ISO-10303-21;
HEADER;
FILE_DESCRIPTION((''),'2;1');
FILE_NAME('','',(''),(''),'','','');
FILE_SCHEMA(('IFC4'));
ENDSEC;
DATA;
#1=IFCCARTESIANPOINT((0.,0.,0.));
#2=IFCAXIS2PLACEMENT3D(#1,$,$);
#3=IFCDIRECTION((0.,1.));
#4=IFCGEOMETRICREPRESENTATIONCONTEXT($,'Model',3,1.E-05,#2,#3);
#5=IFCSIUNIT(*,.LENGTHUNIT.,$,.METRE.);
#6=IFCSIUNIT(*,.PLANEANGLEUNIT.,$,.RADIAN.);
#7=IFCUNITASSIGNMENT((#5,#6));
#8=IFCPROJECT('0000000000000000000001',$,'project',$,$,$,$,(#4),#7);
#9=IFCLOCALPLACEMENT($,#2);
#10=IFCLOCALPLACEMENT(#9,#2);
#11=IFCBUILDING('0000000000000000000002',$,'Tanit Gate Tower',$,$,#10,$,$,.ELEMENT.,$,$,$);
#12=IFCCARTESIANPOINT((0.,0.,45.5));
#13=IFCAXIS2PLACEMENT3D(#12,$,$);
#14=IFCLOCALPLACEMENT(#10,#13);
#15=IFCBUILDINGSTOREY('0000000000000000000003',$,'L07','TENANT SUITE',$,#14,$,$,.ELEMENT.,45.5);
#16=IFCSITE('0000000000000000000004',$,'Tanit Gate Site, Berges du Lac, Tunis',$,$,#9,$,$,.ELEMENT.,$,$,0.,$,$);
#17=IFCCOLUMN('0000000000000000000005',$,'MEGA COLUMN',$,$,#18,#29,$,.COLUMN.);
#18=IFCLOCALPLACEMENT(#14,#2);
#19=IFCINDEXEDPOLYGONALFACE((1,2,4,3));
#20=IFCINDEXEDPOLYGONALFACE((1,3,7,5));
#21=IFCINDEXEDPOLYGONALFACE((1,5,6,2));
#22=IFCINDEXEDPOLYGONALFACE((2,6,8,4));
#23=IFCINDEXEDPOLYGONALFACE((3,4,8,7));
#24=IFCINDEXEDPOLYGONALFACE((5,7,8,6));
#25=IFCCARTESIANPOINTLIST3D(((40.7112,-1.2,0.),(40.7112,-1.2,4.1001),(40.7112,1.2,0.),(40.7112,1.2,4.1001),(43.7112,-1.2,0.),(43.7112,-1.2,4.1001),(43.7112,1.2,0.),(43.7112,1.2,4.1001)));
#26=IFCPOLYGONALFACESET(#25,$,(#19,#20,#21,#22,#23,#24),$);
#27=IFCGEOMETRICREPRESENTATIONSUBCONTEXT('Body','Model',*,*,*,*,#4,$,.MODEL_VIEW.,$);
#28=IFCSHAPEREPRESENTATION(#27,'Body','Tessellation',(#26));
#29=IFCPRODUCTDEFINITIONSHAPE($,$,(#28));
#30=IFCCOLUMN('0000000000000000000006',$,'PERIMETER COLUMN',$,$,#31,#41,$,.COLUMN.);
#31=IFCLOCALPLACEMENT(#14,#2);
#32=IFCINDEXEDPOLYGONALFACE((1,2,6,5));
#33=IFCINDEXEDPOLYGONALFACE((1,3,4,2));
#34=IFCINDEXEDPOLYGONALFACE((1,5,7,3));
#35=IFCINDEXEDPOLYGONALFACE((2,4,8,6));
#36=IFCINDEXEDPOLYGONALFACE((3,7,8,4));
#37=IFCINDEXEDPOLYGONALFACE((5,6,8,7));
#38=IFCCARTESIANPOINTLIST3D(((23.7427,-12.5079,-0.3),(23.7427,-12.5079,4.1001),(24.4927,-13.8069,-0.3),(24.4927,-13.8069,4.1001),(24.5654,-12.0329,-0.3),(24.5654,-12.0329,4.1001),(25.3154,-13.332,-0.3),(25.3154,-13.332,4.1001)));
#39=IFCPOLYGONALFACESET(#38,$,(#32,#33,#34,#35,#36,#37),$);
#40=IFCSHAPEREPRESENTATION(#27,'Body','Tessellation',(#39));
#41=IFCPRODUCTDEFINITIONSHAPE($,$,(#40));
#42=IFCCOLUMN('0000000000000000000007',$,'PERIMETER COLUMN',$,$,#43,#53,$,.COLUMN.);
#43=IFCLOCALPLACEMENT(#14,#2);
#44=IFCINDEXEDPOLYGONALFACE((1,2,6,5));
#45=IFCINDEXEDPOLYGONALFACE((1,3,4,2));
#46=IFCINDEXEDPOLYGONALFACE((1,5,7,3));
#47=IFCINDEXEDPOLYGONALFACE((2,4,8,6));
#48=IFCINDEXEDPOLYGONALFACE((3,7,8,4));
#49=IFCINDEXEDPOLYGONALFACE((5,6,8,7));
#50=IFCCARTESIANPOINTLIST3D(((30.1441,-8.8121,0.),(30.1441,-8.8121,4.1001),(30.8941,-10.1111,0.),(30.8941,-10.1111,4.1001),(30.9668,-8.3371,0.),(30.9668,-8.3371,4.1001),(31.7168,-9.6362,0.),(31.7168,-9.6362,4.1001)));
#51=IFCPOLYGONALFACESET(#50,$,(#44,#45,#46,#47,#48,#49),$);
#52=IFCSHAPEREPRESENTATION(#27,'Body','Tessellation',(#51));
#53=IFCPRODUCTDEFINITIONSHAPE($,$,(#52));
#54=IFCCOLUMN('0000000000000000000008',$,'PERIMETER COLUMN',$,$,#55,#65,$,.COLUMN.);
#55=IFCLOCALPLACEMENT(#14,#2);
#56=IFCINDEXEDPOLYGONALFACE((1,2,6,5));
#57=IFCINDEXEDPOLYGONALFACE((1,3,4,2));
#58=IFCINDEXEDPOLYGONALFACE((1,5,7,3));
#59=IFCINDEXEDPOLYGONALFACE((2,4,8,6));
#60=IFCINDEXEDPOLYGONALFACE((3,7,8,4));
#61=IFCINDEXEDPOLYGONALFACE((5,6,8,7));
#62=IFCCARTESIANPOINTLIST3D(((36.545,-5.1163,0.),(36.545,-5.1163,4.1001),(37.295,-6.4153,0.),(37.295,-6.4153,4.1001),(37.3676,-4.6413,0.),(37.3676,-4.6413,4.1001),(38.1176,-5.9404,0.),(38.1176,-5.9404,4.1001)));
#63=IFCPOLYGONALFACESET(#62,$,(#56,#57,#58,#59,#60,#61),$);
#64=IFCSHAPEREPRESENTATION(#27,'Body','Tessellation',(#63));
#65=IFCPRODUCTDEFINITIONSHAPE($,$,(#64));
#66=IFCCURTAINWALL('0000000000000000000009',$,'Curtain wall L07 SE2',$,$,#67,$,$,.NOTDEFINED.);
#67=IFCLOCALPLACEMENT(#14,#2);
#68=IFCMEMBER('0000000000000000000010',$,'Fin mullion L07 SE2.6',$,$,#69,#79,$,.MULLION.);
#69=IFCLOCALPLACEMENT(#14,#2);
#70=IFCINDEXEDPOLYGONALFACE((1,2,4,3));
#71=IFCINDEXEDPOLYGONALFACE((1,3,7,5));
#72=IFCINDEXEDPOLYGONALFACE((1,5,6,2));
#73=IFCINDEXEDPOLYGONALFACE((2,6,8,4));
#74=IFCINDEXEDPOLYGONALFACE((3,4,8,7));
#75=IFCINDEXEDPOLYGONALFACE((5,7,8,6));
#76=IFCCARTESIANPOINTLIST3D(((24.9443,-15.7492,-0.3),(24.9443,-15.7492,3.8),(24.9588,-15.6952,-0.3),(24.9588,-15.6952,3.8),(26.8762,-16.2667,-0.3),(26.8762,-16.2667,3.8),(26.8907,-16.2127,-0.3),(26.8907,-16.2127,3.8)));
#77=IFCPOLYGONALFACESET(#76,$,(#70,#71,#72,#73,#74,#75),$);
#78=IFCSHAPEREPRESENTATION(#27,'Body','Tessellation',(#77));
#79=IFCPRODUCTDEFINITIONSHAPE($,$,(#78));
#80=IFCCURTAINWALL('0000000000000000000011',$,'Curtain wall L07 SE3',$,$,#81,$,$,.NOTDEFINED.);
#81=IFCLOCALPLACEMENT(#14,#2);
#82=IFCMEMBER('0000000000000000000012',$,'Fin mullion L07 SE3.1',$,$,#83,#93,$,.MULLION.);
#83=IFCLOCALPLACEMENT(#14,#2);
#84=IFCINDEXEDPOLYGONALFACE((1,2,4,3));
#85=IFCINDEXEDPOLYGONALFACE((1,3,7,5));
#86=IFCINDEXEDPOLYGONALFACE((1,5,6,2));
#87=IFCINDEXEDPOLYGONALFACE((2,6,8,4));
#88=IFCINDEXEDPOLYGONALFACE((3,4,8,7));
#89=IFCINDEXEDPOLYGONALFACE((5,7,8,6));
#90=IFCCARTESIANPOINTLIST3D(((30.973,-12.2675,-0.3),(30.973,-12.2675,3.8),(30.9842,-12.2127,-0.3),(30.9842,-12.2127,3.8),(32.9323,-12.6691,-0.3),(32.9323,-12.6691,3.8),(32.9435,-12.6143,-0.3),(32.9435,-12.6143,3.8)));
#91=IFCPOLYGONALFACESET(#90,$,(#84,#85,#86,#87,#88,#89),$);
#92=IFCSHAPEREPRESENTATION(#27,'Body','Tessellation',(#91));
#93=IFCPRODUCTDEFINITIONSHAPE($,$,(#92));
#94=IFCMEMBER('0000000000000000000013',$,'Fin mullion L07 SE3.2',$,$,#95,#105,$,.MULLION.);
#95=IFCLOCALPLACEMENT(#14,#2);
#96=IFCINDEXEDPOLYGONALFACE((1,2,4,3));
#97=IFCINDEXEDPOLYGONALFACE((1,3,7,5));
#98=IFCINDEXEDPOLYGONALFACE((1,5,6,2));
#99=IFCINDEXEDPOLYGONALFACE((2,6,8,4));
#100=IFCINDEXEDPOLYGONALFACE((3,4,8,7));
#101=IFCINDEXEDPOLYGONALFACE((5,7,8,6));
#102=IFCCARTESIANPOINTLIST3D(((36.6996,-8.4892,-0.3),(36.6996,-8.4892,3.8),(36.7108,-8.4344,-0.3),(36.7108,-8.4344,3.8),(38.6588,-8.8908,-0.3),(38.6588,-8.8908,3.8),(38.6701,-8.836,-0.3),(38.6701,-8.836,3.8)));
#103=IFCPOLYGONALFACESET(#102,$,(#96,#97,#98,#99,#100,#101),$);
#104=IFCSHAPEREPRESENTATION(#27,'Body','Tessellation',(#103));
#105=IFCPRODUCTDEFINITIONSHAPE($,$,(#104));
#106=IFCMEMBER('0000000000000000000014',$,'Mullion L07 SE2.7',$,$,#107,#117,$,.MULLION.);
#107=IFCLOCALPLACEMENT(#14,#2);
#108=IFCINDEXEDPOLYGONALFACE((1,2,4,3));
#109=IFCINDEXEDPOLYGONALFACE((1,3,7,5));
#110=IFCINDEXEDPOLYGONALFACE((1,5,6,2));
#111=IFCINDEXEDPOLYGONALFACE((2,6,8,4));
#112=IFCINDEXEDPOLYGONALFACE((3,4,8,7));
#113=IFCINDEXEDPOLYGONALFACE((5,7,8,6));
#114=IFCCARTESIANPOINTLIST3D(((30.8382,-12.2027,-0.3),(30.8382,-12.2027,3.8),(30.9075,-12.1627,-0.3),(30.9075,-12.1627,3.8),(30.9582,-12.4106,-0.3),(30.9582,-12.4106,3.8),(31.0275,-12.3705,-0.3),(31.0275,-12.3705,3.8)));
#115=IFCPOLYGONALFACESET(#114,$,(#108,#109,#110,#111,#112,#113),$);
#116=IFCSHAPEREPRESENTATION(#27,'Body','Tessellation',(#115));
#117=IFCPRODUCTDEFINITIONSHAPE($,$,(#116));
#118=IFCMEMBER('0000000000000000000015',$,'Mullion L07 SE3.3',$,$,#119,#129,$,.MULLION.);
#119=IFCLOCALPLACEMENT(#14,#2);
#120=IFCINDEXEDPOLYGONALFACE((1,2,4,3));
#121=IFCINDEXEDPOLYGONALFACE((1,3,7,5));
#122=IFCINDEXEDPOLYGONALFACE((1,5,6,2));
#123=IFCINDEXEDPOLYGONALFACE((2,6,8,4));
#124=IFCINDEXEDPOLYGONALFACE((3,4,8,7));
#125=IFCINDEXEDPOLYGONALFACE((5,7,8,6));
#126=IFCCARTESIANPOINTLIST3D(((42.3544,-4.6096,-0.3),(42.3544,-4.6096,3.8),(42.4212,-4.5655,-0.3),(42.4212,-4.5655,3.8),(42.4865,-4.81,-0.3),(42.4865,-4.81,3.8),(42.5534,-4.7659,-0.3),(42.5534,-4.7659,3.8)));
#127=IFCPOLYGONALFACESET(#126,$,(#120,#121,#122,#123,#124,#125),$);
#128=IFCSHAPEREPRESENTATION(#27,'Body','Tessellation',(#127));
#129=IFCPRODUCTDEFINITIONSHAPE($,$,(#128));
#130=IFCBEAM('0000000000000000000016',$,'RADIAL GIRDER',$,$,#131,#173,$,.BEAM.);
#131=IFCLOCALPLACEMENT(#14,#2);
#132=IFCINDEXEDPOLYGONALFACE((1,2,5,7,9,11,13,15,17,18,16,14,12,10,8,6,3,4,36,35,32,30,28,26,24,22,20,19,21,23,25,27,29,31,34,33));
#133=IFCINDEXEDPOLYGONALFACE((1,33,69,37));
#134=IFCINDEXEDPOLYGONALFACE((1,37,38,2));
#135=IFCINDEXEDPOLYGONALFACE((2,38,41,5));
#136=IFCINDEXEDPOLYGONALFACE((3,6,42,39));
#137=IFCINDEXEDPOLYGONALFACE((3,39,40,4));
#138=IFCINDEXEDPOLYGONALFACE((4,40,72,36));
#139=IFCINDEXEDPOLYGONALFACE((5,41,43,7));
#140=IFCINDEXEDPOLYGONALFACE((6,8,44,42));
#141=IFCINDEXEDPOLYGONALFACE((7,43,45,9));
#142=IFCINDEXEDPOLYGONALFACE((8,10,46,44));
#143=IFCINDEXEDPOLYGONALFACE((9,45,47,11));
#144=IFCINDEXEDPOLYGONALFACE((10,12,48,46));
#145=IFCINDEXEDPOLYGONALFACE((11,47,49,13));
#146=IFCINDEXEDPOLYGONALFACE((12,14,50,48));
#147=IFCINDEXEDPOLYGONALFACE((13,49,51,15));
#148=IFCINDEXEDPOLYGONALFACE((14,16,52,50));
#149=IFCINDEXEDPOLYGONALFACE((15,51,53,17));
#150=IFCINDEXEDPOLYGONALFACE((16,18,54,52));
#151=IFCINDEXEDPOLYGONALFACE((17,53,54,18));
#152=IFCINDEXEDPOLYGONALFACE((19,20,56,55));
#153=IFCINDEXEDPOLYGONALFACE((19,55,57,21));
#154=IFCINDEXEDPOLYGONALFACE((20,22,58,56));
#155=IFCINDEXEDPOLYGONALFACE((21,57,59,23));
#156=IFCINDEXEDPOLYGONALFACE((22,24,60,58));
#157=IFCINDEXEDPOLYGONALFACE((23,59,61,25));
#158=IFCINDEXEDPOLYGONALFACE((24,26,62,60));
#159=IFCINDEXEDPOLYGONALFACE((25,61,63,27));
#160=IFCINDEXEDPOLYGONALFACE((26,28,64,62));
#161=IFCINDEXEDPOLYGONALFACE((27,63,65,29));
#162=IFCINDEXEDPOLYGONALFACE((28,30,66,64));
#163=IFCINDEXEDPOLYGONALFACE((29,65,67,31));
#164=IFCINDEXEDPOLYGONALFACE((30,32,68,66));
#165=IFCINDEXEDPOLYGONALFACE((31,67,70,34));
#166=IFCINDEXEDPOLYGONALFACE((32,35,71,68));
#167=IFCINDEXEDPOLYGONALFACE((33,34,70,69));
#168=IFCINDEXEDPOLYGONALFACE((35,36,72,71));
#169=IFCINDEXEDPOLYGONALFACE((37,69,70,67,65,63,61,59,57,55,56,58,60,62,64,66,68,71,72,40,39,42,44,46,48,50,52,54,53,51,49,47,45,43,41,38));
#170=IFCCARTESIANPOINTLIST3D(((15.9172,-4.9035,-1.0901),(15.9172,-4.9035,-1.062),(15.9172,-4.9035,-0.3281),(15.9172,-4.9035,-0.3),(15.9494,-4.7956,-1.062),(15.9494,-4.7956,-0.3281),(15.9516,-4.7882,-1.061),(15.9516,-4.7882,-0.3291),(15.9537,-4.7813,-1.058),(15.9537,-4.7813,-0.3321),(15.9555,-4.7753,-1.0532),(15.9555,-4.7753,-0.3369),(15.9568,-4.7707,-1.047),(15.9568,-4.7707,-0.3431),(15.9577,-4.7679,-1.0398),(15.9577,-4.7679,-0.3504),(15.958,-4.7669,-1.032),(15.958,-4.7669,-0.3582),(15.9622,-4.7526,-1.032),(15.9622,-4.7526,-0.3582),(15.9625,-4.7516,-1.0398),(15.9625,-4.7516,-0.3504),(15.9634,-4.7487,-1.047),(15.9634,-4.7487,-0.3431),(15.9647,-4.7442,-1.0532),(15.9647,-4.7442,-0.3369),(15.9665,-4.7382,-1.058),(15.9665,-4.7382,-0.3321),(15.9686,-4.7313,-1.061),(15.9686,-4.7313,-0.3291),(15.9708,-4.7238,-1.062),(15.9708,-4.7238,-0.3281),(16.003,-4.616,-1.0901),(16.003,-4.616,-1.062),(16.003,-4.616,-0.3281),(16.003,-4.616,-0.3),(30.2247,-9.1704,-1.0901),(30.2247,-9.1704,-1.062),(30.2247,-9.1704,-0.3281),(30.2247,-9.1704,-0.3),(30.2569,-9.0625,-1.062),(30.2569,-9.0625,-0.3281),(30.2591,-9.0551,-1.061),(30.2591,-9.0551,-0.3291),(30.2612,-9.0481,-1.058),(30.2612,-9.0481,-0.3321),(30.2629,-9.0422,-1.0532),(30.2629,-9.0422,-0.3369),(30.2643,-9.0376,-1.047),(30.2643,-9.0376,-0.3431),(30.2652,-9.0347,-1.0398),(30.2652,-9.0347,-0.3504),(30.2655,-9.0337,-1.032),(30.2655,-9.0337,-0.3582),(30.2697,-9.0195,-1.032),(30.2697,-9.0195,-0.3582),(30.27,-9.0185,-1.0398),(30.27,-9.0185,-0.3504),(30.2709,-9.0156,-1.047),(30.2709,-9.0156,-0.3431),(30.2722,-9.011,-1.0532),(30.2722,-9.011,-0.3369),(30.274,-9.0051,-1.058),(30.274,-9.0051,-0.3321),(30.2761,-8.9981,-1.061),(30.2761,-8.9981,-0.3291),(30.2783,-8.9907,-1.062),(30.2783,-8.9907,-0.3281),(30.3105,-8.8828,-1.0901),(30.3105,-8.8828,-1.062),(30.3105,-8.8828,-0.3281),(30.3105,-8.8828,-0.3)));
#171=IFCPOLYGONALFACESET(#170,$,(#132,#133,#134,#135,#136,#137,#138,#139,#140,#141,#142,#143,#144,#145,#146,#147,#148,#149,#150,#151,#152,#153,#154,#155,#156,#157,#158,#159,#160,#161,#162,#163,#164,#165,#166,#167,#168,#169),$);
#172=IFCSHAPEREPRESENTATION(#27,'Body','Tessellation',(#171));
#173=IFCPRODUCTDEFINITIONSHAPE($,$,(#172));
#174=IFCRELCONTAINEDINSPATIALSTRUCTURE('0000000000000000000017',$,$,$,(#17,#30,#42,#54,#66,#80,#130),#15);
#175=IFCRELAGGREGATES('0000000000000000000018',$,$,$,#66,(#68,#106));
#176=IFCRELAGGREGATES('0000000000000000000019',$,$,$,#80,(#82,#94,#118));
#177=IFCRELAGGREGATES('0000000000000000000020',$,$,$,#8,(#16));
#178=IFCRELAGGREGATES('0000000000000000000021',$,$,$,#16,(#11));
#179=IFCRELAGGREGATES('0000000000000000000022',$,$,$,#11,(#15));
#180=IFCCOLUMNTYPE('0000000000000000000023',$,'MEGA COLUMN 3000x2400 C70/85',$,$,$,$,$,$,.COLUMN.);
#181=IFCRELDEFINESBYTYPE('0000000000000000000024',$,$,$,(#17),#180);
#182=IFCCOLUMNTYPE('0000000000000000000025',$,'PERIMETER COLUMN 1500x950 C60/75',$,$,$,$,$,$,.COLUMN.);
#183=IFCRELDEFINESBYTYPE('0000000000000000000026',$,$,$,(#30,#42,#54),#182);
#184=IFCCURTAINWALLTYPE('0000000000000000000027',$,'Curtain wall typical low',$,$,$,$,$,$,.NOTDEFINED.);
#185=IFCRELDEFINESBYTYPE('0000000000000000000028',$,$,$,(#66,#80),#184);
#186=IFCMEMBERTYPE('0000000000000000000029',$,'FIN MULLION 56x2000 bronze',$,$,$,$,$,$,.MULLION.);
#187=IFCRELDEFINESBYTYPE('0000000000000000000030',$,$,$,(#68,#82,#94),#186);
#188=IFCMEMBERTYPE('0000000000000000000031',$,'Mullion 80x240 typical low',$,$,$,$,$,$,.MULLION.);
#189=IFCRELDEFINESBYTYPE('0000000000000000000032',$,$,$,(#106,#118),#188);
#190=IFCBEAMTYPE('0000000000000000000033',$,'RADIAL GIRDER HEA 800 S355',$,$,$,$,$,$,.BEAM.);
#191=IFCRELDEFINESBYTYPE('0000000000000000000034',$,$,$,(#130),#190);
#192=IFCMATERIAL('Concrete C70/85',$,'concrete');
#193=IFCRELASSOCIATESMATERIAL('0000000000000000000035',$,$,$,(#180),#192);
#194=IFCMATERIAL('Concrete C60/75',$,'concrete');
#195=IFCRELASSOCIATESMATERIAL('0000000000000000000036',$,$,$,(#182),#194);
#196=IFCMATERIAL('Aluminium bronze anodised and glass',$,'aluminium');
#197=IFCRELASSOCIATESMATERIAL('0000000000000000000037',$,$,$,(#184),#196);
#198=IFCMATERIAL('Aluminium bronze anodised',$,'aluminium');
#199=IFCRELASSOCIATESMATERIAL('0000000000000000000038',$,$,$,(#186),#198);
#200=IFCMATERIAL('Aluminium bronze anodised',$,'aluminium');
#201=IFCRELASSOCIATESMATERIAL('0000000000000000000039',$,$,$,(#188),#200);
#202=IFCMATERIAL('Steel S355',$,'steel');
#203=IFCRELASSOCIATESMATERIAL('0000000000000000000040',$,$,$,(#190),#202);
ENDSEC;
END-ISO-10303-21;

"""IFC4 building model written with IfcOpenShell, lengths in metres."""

from ifc_helpers import new_model, si_unit, direction, frame, origin, origin_2d, place, context, subcontext, project, spatial, rectangle, i_section, extrude, material, material_profile, profile_set, type_object, element, aggregate, save


model = new_model("IFC4")

# Units and contexts
model_context = context("Model", 3, precision=1e-05, world=origin(), true_north=direction((0.0, 1.0)))
body_context = subcontext(model_context, "Body", "Model", "MODEL_VIEW")
ifc_project = project(units=[si_unit("LENGTHUNIT", "METRE"), si_unit("PLANEANGLEUNIT", "RADIAN")], contexts=[model_context])

# Site, building, storey
site_placement = place(None, origin())
site = spatial("IfcSite", under=ifc_project, at=site_placement, Name="Tanit Gate Site, Berges du Lac, Tunis", CompositionType="ELEMENT", RefElevation=0.0)
building_placement = place(site_placement, origin())
building = spatial("IfcBuilding", under=site, at=building_placement, Name="Tanit Gate Tower", CompositionType="ELEMENT")
storey_placement = place(building_placement, frame((0.0, 0.0, 45.5)))
storey = spatial("IfcBuildingStorey", under=building, at=storey_placement, Name="L07", Description="TENANT SUITE", CompositionType="ELEMENT", Elevation=45.5)

# Columns
ifc_material_1 = material(Name="Concrete C70/85", Category="concrete")
ifc_material_profile_1 = material_profile(ifc_material_1, rectangle(XDim=3.0, YDim=2.3999, at=origin_2d()), Name="RC 3000x2400")
ifc_profile_set_1 = profile_set([ifc_material_profile_1], Name="Concrete C70/85")
column_type_1 = type_object("IfcColumnType", Name="MEGA COLUMN 3000x2400 C70/85", PredefinedType="COLUMN", material=ifc_profile_set_1)
column_1_placement = place(storey_placement, frame((42.2112, 0.0, 0.0), z_axis=(0.0, 0.0, 1.0), x_axis=(1.0, 0.0, 0.0)))
element("IfcColumn", 1, at=column_1_placement, inside=storey, type_object=column_type_1, Name="MEGA COLUMN", PredefinedType="COLUMN", context=body_context, shape_type="SweptSolid", body=[
    extrude(rectangle(XDim=3.0, YDim=2.3999, at=origin_2d()), origin(), (0.0, 0.0, 1.0), 4.1001),
])
ifc_material_2 = material(Name="Concrete C60/75", Category="concrete")
ifc_material_profile_2 = material_profile(ifc_material_2, rectangle(XDim=1.5, YDim=0.95, at=origin_2d()), Name="RC 1500x950")
ifc_profile_set_2 = profile_set([ifc_material_profile_2], Name="Concrete C60/75")
column_type_2 = type_object("IfcColumnType", Name="PERIMETER COLUMN 1500x950 C60/75", PredefinedType="COLUMN", material=ifc_profile_set_2)
column_2_placement = place(storey_placement, frame((24.5291, -12.9199, -0.3), z_axis=(0.0, 0.0, 1.0), x_axis=(0.5, -0.866025, 0.0)))
element("IfcColumn", 2, at=column_2_placement, inside=storey, type_object=column_type_2, Name="PERIMETER COLUMN", PredefinedType="COLUMN", context=body_context, shape_type="SweptSolid", body=[
    extrude(rectangle(XDim=1.5, YDim=0.95, at=origin_2d()), origin(), (0.0, 0.0, 1.0), 4.4001),
])
for number, where, z_axis, x_axis, name in (
    (3, (30.9304, -9.2241, 0.0), (0.0, 0.0, 1.0), (0.5, -0.866025, 0.0), "PERIMETER COLUMN"),
    (4, (37.3313, -5.5283, 0.0), (0.0, 0.0, 1.0), (0.5, -0.866025, 0.0), "PERIMETER COLUMN"),
):
    element("IfcColumn", number, at=place(storey_placement, frame(where, z_axis=z_axis, x_axis=x_axis)), inside=storey, type_object=column_type_2, Name=name, PredefinedType="COLUMN", context=body_context, shape_type="SweptSolid", body=[
        extrude(rectangle(XDim=1.5, YDim=0.95, at=origin_2d()), origin(), (0.0, 0.0, 1.0), 4.1001),
    ])

# Curtain wall, member
ifc_material_3 = material(Name="Aluminium bronze anodised and glass", Category="aluminium")
curtain_wall_type = type_object("IfcCurtainWallType", Name="Curtain wall typical low", PredefinedType="NOTDEFINED", material=ifc_material_3)
curtain_wall_1_placement = place(storey_placement, origin())
curtain_wall_1 = element("IfcCurtainWall", 5, at=curtain_wall_1_placement, inside=storey, type_object=curtain_wall_type, Name="Curtain wall L07 SE2", PredefinedType="NOTDEFINED")
ifc_material_4 = material(Name="Aluminium bronze anodised", Category="aluminium")
ifc_material_profile_3 = material_profile(ifc_material_4, rectangle(XDim=2.0, YDim=0.0559, at=origin_2d()), Name="56x2000 bronze fin mullion")
ifc_profile_set_3 = profile_set([ifc_material_profile_3], Name="Aluminium bronze anodised")
member_type_1 = type_object("IfcMemberType", Name="FIN MULLION 56x2000 bronze", PredefinedType="MULLION", material=ifc_profile_set_3)
member_1_placement = place(storey_placement, frame((25.9175, -15.981, -0.3), z_axis=(0.0, 0.0, 1.0), x_axis=(-0.965944, 0.258752, 0.0)))
member_1 = element("IfcMember", 6, at=member_1_placement, type_object=member_type_1, Name="Fin mullion L07 SE2.6", PredefinedType="MULLION", context=body_context, shape_type="SweptSolid", body=[
    extrude(rectangle(XDim=2.0, YDim=0.0559, at=origin_2d()), origin(), (0.0, 0.0, 1.0), 4.1001),
])

# Curtain wall, members
curtain_wall_2_placement = place(storey_placement, origin())
curtain_wall_2 = element("IfcCurtainWall", 7, at=curtain_wall_2_placement, inside=storey, type_object=curtain_wall_type, Name="Curtain wall L07 SE3", PredefinedType="NOTDEFINED")
member_2_placement = place(storey_placement, frame((31.9583, -12.4409, -0.3), z_axis=(0.0, 0.0, 1.0), x_axis=(-0.979635, 0.200785, 0.0)))
member_2 = element("IfcMember", 8, at=member_2_placement, type_object=member_type_1, Name="Fin mullion L07 SE3.1", PredefinedType="MULLION", context=body_context, shape_type="SweptSolid", body=[
    extrude(rectangle(XDim=2.0, YDim=0.0559, at=origin_2d()), origin(), (0.0, 0.0, 1.0), 4.1001),
])
member_3_placement = place(storey_placement, frame((37.6848, -8.6626, -0.3), z_axis=(0.0, 0.0, 1.0), x_axis=(-0.979635, 0.200785, 0.0)))
member_3 = element("IfcMember", 9, at=member_3_placement, type_object=member_type_1, Name="Fin mullion L07 SE3.2", PredefinedType="MULLION", context=body_context, shape_type="SweptSolid", body=[
    extrude(rectangle(XDim=2.0, YDim=0.0559, at=origin_2d()), origin(), (0.0, 0.0, 1.0), 4.1001),
])

# Members
ifc_material_5 = material(Name="Aluminium bronze anodised", Category="aluminium")
ifc_material_profile_4 = material_profile(ifc_material_5, rectangle(XDim=0.24, YDim=0.0801, at=origin_2d()), Name="80x240 bronze mullion")
ifc_profile_set_4 = profile_set([ifc_material_profile_4], Name="Aluminium bronze anodised")
member_type_2 = type_object("IfcMemberType", Name="Mullion 80x240 typical low", PredefinedType="MULLION", material=ifc_profile_set_4)
member_4_placement = place(storey_placement, frame((30.9329, -12.2866, -0.3), z_axis=(0.0, 0.0, 1.0), x_axis=(-0.50006, 0.865991, 0.0)))
member_4 = element("IfcMember", 10, at=member_4_placement, type_object=member_type_2, Name="Mullion L07 SE2.7", PredefinedType="MULLION", context=body_context, shape_type="SweptSolid", body=[
    extrude(rectangle(XDim=0.24, YDim=0.0801, at=origin_2d()), origin(), (0.0, 0.0, 1.0), 4.1001),
])
member_5_placement = place(storey_placement, frame((42.4539, -4.6877, -0.3), z_axis=(0.0, 0.0, 1.0), x_axis=(-0.55073, 0.834683, 0.0)))
member_5 = element("IfcMember", 11, at=member_5_placement, type_object=member_type_2, Name="Mullion L07 SE3.3", PredefinedType="MULLION", context=body_context, shape_type="SweptSolid", body=[
    extrude(rectangle(XDim=0.24, YDim=0.0801, at=origin_2d()), origin(), (0.0, 0.0, 1.0), 4.1001),
])

# Beam
ifc_material_6 = material(Name="Steel S355", Category="steel")
ifc_material_profile_5 = material_profile(ifc_material_6, i_section(OverallWidth=0.3, OverallDepth=0.79, WebThickness=0.0149, FlangeThickness=0.0281, FilletRadius=0.03, at=origin_2d()), Name="HEA 800")
ifc_profile_set_5 = profile_set([ifc_material_profile_5], Name="Steel S355")
beam_type_1 = type_object("IfcBeamType", Name="RADIAL GIRDER HEA 800 S355", PredefinedType="BEAM", material=ifc_profile_set_5)
beam_1_placement = place(storey_placement, frame((30.2676, -9.0266, -0.6951), z_axis=(-0.958293, 0.285789, 0.0), x_axis=(-0.285789, -0.958293, 0.0)))
element("IfcBeam", 12, at=beam_1_placement, inside=storey, type_object=beam_type_1, Name="RADIAL GIRDER", PredefinedType="BEAM", context=body_context, shape_type="SweptSolid", body=[
    extrude(i_section(OverallWidth=0.3, OverallDepth=0.79, WebThickness=0.0149, FlangeThickness=0.0281, FilletRadius=0.03, at=origin_2d()), origin(), (0.0, 0.0, 1.0), 14.9302),
])

aggregate(curtain_wall_1, [member_1, member_4])
aggregate(curtain_wall_2, [member_2, member_3, member_5])

save(model, "model.ifc")
